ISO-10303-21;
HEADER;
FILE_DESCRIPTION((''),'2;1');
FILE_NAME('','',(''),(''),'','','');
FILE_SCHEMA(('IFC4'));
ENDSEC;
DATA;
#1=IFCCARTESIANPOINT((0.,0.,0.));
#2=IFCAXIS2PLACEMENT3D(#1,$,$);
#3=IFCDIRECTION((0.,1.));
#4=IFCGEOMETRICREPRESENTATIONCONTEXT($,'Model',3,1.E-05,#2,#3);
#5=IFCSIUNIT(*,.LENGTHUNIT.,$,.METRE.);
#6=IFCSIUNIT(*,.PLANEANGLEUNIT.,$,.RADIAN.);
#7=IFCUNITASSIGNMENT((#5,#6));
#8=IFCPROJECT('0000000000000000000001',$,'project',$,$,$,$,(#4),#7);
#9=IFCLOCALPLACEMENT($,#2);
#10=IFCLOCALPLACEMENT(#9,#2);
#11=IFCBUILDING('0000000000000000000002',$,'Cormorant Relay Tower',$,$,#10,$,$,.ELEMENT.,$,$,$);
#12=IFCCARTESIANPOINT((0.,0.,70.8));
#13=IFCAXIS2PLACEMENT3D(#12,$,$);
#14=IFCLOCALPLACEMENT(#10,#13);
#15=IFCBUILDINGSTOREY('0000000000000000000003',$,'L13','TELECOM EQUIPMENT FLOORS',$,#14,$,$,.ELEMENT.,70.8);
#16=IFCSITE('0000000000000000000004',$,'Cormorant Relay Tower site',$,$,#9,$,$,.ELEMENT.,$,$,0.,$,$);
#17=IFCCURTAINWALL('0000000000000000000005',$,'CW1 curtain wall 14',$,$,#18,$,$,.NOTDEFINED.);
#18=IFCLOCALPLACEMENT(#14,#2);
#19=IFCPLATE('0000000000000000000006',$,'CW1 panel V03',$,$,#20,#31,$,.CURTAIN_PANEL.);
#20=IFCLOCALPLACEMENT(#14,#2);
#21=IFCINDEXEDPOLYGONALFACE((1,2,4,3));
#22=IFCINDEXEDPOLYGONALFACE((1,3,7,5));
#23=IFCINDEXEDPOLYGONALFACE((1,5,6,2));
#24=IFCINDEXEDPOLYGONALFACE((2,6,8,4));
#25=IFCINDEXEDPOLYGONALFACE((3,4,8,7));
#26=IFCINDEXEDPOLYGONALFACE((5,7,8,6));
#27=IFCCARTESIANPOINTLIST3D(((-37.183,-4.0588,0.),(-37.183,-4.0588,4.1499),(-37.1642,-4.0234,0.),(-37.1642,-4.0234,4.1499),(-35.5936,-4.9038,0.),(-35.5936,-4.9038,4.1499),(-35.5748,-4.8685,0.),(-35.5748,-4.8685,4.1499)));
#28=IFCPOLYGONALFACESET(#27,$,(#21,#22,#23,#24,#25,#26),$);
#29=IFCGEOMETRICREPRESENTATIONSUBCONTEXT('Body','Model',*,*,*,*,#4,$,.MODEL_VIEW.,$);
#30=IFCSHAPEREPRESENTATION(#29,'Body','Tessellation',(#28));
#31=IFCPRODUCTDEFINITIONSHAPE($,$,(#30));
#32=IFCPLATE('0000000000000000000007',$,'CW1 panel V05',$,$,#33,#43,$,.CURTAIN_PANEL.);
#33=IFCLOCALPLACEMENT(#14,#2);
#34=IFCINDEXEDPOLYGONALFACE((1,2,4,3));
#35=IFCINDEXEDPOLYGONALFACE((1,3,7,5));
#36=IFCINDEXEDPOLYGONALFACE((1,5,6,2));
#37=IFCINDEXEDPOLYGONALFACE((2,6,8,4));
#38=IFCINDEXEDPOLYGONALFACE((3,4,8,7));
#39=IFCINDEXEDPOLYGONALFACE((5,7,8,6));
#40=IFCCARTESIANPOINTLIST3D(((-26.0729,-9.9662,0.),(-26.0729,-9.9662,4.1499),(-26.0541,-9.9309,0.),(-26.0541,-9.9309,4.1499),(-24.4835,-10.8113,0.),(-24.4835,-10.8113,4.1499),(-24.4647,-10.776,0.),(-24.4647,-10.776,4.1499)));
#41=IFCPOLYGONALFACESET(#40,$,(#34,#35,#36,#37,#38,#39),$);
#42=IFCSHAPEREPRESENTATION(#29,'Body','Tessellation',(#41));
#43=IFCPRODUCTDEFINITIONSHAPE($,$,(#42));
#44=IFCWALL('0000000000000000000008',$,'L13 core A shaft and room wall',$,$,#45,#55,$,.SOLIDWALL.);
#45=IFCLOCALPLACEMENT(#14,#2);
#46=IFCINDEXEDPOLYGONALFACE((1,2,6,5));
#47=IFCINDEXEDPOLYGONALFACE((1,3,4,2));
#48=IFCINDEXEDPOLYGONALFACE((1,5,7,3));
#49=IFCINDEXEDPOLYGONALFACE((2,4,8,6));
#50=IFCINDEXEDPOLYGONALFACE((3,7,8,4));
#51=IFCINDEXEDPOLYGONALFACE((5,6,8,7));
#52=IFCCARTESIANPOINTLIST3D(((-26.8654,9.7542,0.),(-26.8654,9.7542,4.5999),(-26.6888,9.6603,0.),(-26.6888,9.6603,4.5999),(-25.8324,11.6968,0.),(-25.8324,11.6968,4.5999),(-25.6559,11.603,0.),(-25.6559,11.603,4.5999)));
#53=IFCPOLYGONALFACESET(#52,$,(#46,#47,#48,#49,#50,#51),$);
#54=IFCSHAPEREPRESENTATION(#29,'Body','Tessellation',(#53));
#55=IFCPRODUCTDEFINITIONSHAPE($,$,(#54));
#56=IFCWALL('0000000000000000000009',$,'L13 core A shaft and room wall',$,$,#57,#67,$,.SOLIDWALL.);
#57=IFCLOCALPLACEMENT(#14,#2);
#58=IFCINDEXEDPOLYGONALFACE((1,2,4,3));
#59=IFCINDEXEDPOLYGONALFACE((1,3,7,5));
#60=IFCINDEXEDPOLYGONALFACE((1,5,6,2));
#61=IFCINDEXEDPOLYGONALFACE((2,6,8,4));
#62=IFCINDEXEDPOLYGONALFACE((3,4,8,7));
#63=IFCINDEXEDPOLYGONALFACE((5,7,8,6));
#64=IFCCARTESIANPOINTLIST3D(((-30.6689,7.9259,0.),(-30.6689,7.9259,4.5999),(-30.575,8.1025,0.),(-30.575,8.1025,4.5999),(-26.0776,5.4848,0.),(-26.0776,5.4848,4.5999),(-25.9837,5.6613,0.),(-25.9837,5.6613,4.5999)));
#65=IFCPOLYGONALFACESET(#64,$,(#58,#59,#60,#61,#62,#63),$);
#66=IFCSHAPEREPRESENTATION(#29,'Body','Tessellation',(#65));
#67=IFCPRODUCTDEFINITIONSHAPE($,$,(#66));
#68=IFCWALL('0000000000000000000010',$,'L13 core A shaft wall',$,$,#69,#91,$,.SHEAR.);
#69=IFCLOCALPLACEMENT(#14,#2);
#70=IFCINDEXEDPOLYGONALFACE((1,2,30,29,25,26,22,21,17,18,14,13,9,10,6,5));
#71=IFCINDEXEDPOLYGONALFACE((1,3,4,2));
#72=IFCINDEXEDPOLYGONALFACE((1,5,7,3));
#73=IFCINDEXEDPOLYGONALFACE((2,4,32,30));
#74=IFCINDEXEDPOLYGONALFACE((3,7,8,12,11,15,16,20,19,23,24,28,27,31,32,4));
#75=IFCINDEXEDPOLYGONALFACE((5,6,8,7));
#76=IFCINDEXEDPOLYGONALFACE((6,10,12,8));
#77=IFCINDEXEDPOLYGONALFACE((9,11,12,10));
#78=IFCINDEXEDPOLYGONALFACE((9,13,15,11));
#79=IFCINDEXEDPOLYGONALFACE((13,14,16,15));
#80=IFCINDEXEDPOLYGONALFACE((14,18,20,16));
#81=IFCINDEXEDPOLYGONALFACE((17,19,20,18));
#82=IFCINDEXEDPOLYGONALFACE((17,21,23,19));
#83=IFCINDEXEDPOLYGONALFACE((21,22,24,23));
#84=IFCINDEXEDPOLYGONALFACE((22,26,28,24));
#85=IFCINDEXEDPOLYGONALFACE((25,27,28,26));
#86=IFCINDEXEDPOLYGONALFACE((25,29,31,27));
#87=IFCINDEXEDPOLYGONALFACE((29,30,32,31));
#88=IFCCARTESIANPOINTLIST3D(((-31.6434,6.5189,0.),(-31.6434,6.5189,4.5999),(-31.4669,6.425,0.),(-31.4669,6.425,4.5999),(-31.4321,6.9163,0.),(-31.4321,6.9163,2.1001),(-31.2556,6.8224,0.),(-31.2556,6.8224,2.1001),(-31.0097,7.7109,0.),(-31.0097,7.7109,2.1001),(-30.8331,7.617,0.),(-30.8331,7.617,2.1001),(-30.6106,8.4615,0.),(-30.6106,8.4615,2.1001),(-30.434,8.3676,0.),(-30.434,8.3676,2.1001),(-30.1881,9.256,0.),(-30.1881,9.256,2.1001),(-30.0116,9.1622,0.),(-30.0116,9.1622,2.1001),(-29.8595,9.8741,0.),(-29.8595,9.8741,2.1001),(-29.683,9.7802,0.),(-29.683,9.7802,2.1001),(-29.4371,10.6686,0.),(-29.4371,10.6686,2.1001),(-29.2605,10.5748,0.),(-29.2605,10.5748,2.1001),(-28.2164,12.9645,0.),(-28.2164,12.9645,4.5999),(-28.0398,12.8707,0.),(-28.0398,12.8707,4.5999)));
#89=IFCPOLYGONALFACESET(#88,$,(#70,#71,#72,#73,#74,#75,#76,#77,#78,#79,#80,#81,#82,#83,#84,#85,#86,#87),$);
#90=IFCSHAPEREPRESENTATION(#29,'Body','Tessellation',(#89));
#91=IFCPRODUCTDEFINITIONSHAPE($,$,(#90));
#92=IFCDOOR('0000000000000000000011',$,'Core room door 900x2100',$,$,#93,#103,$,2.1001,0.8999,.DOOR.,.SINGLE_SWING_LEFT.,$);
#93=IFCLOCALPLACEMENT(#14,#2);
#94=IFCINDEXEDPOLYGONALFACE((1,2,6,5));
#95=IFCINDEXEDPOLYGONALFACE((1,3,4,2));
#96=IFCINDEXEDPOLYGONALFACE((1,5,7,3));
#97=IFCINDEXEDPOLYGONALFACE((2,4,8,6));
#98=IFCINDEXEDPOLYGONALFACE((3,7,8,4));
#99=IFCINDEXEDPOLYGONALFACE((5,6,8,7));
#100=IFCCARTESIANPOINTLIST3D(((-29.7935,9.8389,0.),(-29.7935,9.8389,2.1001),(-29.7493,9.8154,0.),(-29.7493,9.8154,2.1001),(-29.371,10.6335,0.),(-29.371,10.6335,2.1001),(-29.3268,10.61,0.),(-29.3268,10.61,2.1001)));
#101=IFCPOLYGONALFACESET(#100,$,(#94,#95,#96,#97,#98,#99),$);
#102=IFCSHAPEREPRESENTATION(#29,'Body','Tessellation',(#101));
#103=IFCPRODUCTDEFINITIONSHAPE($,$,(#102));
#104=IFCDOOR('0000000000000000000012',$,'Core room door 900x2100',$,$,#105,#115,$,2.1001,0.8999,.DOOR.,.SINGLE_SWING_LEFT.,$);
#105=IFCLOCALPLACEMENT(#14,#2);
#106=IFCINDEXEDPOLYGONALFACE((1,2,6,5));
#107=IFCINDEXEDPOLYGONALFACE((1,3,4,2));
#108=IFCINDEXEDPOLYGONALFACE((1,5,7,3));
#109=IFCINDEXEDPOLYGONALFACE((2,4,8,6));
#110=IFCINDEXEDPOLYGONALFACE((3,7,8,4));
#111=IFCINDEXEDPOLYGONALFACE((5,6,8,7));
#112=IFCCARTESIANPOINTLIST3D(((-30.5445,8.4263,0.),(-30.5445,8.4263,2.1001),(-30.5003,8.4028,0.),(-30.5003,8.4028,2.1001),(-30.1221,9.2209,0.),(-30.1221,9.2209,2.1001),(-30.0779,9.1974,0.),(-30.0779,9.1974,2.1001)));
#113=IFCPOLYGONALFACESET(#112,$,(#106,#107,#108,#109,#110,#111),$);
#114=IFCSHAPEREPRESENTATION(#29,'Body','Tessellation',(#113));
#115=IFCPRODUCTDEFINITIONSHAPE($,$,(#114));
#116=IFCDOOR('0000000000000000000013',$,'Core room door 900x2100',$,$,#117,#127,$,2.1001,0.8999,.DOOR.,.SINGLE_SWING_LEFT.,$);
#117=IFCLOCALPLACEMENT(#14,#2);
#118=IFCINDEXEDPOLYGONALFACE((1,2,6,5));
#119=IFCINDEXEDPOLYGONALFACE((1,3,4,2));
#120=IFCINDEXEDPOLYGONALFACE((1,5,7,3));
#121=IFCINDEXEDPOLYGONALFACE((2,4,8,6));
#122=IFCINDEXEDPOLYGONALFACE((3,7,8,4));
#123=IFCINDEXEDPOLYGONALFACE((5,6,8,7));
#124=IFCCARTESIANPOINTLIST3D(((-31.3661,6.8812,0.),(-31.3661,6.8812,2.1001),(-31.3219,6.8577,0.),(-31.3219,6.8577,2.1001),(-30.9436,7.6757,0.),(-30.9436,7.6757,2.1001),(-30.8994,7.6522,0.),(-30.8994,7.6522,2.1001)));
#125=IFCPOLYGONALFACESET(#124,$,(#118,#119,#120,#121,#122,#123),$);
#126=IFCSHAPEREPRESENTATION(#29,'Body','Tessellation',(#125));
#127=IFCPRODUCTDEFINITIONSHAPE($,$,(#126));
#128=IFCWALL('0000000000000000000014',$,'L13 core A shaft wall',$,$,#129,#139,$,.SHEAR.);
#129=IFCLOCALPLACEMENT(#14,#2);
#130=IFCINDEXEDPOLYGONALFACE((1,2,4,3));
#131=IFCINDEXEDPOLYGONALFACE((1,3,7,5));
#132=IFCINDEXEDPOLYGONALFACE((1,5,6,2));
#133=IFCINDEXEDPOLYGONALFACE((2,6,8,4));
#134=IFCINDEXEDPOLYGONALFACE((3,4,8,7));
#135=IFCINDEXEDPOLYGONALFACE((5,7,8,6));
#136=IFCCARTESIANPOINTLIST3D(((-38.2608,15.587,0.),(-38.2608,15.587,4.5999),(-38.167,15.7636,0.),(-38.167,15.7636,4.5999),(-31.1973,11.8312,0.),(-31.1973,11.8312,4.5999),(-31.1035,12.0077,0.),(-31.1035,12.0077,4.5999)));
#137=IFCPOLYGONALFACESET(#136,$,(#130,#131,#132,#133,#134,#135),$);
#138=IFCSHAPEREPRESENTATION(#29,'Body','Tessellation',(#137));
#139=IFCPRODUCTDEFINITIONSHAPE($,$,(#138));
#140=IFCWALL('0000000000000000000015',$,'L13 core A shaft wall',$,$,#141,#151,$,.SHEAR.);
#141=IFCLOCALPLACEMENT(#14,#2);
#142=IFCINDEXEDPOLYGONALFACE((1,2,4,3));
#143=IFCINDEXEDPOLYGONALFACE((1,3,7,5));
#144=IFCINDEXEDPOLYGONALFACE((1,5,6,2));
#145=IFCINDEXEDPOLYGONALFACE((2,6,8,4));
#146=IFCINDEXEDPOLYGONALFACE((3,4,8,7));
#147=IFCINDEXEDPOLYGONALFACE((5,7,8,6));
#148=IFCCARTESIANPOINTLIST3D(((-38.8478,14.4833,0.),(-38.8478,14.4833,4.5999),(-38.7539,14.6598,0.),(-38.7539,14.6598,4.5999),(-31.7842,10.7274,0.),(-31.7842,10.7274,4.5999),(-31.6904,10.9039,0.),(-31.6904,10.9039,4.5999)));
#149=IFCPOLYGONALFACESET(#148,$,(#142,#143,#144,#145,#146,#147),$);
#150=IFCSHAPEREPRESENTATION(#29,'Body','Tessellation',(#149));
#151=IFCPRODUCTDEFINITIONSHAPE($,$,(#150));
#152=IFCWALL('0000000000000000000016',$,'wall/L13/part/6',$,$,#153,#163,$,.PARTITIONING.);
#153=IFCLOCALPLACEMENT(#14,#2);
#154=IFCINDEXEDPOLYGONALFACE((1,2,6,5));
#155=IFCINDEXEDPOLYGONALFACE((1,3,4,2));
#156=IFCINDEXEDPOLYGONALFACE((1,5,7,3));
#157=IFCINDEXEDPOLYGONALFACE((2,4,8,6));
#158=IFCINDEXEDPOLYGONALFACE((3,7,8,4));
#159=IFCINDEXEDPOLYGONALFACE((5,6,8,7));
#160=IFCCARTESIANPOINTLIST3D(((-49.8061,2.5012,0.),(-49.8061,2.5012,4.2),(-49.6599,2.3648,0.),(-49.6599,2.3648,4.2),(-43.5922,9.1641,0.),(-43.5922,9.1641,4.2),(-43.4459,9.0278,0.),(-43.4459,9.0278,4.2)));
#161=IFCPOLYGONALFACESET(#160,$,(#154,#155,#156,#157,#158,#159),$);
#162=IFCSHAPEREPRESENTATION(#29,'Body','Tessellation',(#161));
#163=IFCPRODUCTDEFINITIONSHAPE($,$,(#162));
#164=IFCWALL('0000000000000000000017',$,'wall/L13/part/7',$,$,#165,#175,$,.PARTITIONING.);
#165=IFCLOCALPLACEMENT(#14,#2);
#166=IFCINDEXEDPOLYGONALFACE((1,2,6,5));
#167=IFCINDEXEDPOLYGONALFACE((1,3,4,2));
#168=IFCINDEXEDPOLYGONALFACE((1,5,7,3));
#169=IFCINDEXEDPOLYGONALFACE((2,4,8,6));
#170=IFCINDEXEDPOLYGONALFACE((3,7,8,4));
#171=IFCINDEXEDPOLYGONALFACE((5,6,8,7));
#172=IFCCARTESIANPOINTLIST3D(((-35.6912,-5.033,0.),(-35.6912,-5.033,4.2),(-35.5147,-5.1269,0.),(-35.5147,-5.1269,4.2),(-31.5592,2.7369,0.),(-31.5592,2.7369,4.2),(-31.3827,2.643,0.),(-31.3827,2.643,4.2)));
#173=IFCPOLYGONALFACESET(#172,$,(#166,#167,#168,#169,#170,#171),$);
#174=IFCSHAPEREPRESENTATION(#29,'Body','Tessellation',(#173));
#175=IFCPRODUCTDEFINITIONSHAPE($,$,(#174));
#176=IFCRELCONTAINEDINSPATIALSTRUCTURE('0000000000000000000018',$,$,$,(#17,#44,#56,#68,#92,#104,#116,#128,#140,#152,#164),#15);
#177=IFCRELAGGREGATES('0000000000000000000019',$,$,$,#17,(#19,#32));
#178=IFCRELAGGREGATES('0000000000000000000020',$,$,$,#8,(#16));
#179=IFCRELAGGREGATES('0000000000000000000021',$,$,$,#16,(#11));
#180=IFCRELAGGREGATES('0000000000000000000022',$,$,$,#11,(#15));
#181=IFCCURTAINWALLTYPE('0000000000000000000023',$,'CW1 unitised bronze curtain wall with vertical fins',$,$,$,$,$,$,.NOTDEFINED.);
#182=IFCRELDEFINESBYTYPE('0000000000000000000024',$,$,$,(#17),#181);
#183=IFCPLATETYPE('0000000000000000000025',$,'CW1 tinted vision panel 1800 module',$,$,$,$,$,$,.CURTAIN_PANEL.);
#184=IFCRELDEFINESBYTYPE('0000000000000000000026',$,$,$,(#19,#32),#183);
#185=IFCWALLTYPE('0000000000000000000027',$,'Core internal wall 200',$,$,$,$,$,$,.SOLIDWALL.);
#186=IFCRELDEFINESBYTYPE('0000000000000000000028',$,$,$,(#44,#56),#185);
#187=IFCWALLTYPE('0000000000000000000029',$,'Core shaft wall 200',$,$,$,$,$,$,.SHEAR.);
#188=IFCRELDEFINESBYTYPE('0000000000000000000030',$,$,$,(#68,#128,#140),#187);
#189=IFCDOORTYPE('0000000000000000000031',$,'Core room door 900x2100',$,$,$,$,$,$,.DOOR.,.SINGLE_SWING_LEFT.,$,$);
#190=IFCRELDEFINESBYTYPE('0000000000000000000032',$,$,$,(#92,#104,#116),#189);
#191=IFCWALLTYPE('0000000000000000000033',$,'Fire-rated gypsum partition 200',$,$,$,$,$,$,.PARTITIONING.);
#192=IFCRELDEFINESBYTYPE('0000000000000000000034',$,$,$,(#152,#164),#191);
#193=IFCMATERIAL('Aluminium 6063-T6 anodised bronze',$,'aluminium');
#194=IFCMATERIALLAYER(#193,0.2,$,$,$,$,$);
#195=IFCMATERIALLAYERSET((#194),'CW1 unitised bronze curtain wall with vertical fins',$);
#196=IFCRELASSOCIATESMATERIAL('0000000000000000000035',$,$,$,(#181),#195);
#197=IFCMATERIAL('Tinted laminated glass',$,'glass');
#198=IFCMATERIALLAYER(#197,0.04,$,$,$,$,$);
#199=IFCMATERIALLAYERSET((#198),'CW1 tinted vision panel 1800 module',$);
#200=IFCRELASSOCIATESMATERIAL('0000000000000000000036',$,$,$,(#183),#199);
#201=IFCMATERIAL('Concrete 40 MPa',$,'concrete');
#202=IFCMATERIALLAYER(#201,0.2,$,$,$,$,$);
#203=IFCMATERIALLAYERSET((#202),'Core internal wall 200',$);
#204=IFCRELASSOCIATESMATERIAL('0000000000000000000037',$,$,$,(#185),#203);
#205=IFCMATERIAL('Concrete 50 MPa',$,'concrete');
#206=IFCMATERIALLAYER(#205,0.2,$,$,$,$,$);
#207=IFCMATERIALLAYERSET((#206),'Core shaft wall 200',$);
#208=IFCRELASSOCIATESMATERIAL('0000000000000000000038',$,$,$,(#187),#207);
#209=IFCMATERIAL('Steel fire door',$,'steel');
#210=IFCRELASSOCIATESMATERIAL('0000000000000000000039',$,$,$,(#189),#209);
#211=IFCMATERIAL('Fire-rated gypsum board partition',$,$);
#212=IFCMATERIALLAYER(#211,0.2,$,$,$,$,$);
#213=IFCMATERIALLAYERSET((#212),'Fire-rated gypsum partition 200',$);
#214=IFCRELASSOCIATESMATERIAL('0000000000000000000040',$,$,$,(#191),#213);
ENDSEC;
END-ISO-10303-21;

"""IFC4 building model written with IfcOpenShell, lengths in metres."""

from ifc_helpers import new_model, si_unit, direction, frame, frame_2d, origin, origin_2d, place, context, subcontext, project, spatial, rectangle, extrude, material, layer, layer_set, type_object, element, fill, aggregate, save


model = new_model("IFC4")

# Units and contexts
model_context = context("Model", 3, precision=1e-05, world=origin(), true_north=direction((0.0, 1.0)))
body_context = subcontext(model_context, "Body", "Model", "MODEL_VIEW")
ifc_project = project(units=[si_unit("LENGTHUNIT", "METRE"), si_unit("PLANEANGLEUNIT", "RADIAN")], contexts=[model_context])

# Site, building, storey
site_placement = place(None, origin())
site = spatial("IfcSite", under=ifc_project, at=site_placement, Name="Cormorant Relay Tower site", CompositionType="ELEMENT", RefElevation=0.0)
building_placement = place(site_placement, origin())
building = spatial("IfcBuilding", under=site, at=building_placement, Name="Cormorant Relay Tower", CompositionType="ELEMENT")
storey_placement = place(building_placement, frame((0.0, 0.0, 70.8)))
storey = spatial("IfcBuildingStorey", under=building, at=storey_placement, Name="L13", Description="TELECOM EQUIPMENT FLOORS", CompositionType="ELEMENT", Elevation=70.8)

# Curtain wall
ifc_material_1 = material(Name="Aluminium 6063-T6 anodised bronze", Category="aluminium")
ifc_layer_1 = layer(ifc_material_1, 0.2)
ifc_layer_set_1 = layer_set([ifc_layer_1], Name="CW1 unitised bronze curtain wall with vertical fins")
curtain_wall_type = type_object("IfcCurtainWallType", Name="CW1 unitised bronze curtain wall with vertical fins", PredefinedType="NOTDEFINED", material=ifc_layer_set_1)
curtain_wall_placement = place(storey_placement, origin())
curtain_wall = element("IfcCurtainWall", 1, at=curtain_wall_placement, inside=storey, type_object=curtain_wall_type, Name="CW1 curtain wall 14", PredefinedType="NOTDEFINED")

# Plates
ifc_material_2 = material(Name="Tinted laminated glass", Category="glass")
ifc_layer_2 = layer(ifc_material_2, 0.04)
ifc_layer_set_2 = layer_set([ifc_layer_2], Name="CW1 tinted vision panel 1800 module")
plate_type = type_object("IfcPlateType", Name="CW1 tinted vision panel 1800 module", PredefinedType="CURTAIN_PANEL", material=ifc_layer_set_2)
plate_1_placement = place(storey_placement, frame((-36.3789, -4.4636, 0.0), z_axis=(0.0, 0.0, 1.0), x_axis=(0.882948, -0.469472, 0.0)))
plate_1 = element("IfcPlate", 2, at=plate_1_placement, type_object=plate_type, Name="CW1 panel V03", PredefinedType="CURTAIN_PANEL", context=body_context, shape_type="SweptSolid", body=[
    extrude(rectangle(XDim=1.8, YDim=0.04, at=origin_2d()), origin(), (0.0, 0.0, 1.0), 4.1499),
])
plate_2_placement = place(storey_placement, frame((-25.2688, -10.3711, 0.0), z_axis=(0.0, 0.0, 1.0), x_axis=(0.882948, -0.469472, 0.0)))
plate_2 = element("IfcPlate", 3, at=plate_2_placement, type_object=plate_type, Name="CW1 panel V05", PredefinedType="CURTAIN_PANEL", context=body_context, shape_type="SweptSolid", body=[
    extrude(rectangle(XDim=1.8, YDim=0.04, at=origin_2d()), origin(), (0.0, 0.0, 1.0), 4.1499),
])

# Walls
ifc_material_3 = material(Name="Concrete 40 MPa", Category="concrete")
ifc_layer_3 = layer(ifc_material_3, 0.2)
ifc_layer_set_3 = layer_set([ifc_layer_3], Name="Core internal wall 200")
wall_type_1 = type_object("IfcWallType", Name="Core internal wall 200", PredefinedType="SOLIDWALL", material=ifc_layer_set_3)
wall_1_placement = place(storey_placement, frame((-25.7441, 11.6499, 0.0), z_axis=(0.0, 0.0, 1.0), x_axis=(-0.469488, -0.882939, 0.0)))
element("IfcWall", 4, at=wall_1_placement, inside=storey, type_object=wall_type_1, Name="L13 core A shaft and room wall", PredefinedType="SOLIDWALL", context=body_context, shape_type="SweptSolid", body=[
    extrude(rectangle(XDim=2.2002, YDim=0.2, at=frame_2d((1.1001, 0.0))), origin(), (0.0, 0.0, 1.0), 4.5999),
])
wall_2_placement = place(storey_placement, frame((-26.0305, 5.573, 0.0), z_axis=(0.0, 0.0, 1.0), x_axis=(-0.882954, 0.46946, 0.0)))
element("IfcWall", 5, at=wall_2_placement, inside=storey, type_object=wall_type_1, Name="L13 core A shaft and room wall", PredefinedType="SOLIDWALL", context=body_context, shape_type="SweptSolid", body=[
    extrude(rectangle(XDim=5.2, YDim=0.2, at=frame_2d((2.6001, 0.0))), origin(), (0.0, 0.0, 1.0), 4.5999),
])

# Wall, openings, doors
ifc_material_4 = material(Name="Concrete 50 MPa", Category="concrete")
ifc_layer_4 = layer(ifc_material_4, 0.2)
ifc_layer_set_4 = layer_set([ifc_layer_4], Name="Core shaft wall 200")
wall_type_2 = type_object("IfcWallType", Name="Core shaft wall 200", PredefinedType="SHEAR", material=ifc_layer_set_4)
wall_3_placement = place(storey_placement, frame((-28.1282, 12.9175, 0.0), z_axis=(0.0, 0.0, 1.0), x_axis=(-0.469454, -0.882957, 0.0)))
wall_3 = element("IfcWall", 6, at=wall_3_placement, inside=storey, type_object=wall_type_2, Name="L13 core A shaft wall", PredefinedType="SHEAR", context=body_context, shape_type="SweptSolid", body=[
    extrude(rectangle(XDim=7.3, YDim=0.2, at=frame_2d((3.6499, 0.0))), origin(), (0.0, 0.0, 1.0), 4.5999),
])
opening_1_placement = place(wall_3_placement, frame((2.6001, 0.0, 0.0)))
opening_1 = element("IfcOpeningElement", 7, at=opening_1_placement, cuts=wall_3, PredefinedType="OPENING", context=body_context, shape_type="SweptSolid", body=[
    extrude(rectangle(XDim=0.8999, YDim=2.1001, at=frame_2d((0.45, 1.05))), frame((0.0, 0.1099, 0.0), z_axis=(0.0, -1.0, 0.0), x_axis=(1.0, 0.0, 0.0)), (0.0, 0.0, 1.0), 0.22),
])
opening_2_placement = place(wall_3_placement, frame((4.2, 0.0, 0.0)))
opening_2 = element("IfcOpeningElement", 8, at=opening_2_placement, cuts=wall_3, PredefinedType="OPENING", context=body_context, shape_type="SweptSolid", body=[
    extrude(rectangle(XDim=0.8999, YDim=2.1001, at=frame_2d((0.45, 1.05))), frame((0.0, 0.1099, 0.0), z_axis=(0.0, -1.0, 0.0), x_axis=(1.0, 0.0, 0.0)), (0.0, 0.0, 1.0), 0.22),
])
opening_3_placement = place(wall_3_placement, frame((5.95, 0.0, 0.0)))
opening_3 = element("IfcOpeningElement", 9, at=opening_3_placement, cuts=wall_3, PredefinedType="OPENING", context=body_context, shape_type="SweptSolid", body=[
    extrude(rectangle(XDim=0.8999, YDim=2.1001, at=frame_2d((0.45, 1.05))), frame((0.0, 0.1099, 0.0), z_axis=(0.0, -1.0, 0.0), x_axis=(1.0, 0.0, 0.0)), (0.0, 0.0, 1.0), 0.22),
])
ifc_material_5 = material(Name="Steel fire door", Category="steel")
door_type = type_object("IfcDoorType", Name="Core room door 900x2100", OperationType="SINGLE_SWING_LEFT", PredefinedType="DOOR", material=ifc_material_5)
door_1_placement = place(opening_1_placement, origin())
door_1 = element("IfcDoor", 10, at=door_1_placement, inside=storey, type_object=door_type, Name="Core room door 900x2100", OperationType="SINGLE_SWING_LEFT", OverallHeight=2.1001, OverallWidth=0.8999, PredefinedType="DOOR", context=body_context, shape_type="SweptSolid", body=[
    extrude(rectangle(XDim=0.8999, YDim=2.1001, at=frame_2d((0.45, 1.05))), frame((0.0, 0.0249, 0.0), z_axis=(0.0, -1.0, 0.0), x_axis=(1.0, 0.0, 0.0)), (0.0, 0.0, 1.0), 0.05),
])
fill(opening_1, door_1)
door_2_placement = place(opening_2_placement, origin())
door_2 = element("IfcDoor", 11, at=door_2_placement, inside=storey, type_object=door_type, Name="Core room door 900x2100", OperationType="SINGLE_SWING_LEFT", OverallHeight=2.1001, OverallWidth=0.8999, PredefinedType="DOOR", context=body_context, shape_type="SweptSolid", body=[
    extrude(rectangle(XDim=0.8999, YDim=2.1001, at=frame_2d((0.45, 1.05))), frame((0.0, 0.0249, 0.0), z_axis=(0.0, -1.0, 0.0), x_axis=(1.0, 0.0, 0.0)), (0.0, 0.0, 1.0), 0.05),
])
fill(opening_2, door_2)
door_3_placement = place(opening_3_placement, origin())
door_3 = element("IfcDoor", 12, at=door_3_placement, inside=storey, type_object=door_type, Name="Core room door 900x2100", OperationType="SINGLE_SWING_LEFT", OverallHeight=2.1001, OverallWidth=0.8999, PredefinedType="DOOR", context=body_context, shape_type="SweptSolid", body=[
    extrude(rectangle(XDim=0.8999, YDim=2.1001, at=frame_2d((0.45, 1.05))), frame((0.0, 0.0249, 0.0), z_axis=(0.0, -1.0, 0.0), x_axis=(1.0, 0.0, 0.0)), (0.0, 0.0, 1.0), 0.05),
])
fill(opening_3, door_3)

# Walls
for number, where, z_axis, x_axis, name in (
    (13, (-31.1504, 11.9194, 0.0), (0.0, 0.0, 1.0), (-0.88294, 0.469485, 0.0), "L13 core A shaft wall"),
    (14, (-31.7373, 10.8157, 0.0), (0.0, 0.0, 1.0), (-0.88294, 0.469485, 0.0), "L13 core A shaft wall"),
):
    element("IfcWall", number, at=place(storey_placement, frame(where, z_axis=z_axis, x_axis=x_axis)), inside=storey, type_object=wall_type_2, Name=name, PredefinedType="SHEAR", context=body_context, shape_type="SweptSolid", body=[
        extrude(rectangle(XDim=8.0, YDim=0.2, at=frame_2d((4.0, 0.0))), origin(), (0.0, 0.0, 1.0), 4.5999),
    ])
ifc_material_6 = material(Name="Fire-rated gypsum board partition")
ifc_layer_5 = layer(ifc_material_6, 0.2)
ifc_layer_set_5 = layer_set([ifc_layer_5], Name="Fire-rated gypsum partition 200")
wall_type_3 = type_object("IfcWallType", Name="Fire-rated gypsum partition 200", PredefinedType="PARTITIONING", material=ifc_layer_set_5)
wall_4_placement = place(storey_placement, frame((-43.519, 9.0959, 0.0), z_axis=(0.0, 0.0, 1.0), x_axis=(-0.682037, -0.731317, 0.0)))
element("IfcWall", 15, at=wall_4_placement, inside=storey, type_object=wall_type_3, Name="wall/L13/part/6", PredefinedType="PARTITIONING", context=body_context, shape_type="SweptSolid", body=[
    extrude(rectangle(XDim=9.1108, YDim=0.2, at=frame_2d((4.5554, 0.0))), origin(), (0.0, 0.0, 1.0), 4.2),
])
wall_5_placement = place(storey_placement, frame((-31.4709, 2.6899, 0.0), z_axis=(0.0, 0.0, 1.0), x_axis=(-0.469532, -0.882915, 0.0)))
element("IfcWall", 16, at=wall_5_placement, inside=storey, type_object=wall_type_3, Name="wall/L13/part/7", PredefinedType="PARTITIONING", context=body_context, shape_type="SweptSolid", body=[
    extrude(rectangle(XDim=8.8003, YDim=0.2, at=frame_2d((4.4001, 0.0))), origin(), (0.0, 0.0, 1.0), 4.2),
])

aggregate(curtain_wall, [plate_1, plate_2])

save(model, "model.ifc")
